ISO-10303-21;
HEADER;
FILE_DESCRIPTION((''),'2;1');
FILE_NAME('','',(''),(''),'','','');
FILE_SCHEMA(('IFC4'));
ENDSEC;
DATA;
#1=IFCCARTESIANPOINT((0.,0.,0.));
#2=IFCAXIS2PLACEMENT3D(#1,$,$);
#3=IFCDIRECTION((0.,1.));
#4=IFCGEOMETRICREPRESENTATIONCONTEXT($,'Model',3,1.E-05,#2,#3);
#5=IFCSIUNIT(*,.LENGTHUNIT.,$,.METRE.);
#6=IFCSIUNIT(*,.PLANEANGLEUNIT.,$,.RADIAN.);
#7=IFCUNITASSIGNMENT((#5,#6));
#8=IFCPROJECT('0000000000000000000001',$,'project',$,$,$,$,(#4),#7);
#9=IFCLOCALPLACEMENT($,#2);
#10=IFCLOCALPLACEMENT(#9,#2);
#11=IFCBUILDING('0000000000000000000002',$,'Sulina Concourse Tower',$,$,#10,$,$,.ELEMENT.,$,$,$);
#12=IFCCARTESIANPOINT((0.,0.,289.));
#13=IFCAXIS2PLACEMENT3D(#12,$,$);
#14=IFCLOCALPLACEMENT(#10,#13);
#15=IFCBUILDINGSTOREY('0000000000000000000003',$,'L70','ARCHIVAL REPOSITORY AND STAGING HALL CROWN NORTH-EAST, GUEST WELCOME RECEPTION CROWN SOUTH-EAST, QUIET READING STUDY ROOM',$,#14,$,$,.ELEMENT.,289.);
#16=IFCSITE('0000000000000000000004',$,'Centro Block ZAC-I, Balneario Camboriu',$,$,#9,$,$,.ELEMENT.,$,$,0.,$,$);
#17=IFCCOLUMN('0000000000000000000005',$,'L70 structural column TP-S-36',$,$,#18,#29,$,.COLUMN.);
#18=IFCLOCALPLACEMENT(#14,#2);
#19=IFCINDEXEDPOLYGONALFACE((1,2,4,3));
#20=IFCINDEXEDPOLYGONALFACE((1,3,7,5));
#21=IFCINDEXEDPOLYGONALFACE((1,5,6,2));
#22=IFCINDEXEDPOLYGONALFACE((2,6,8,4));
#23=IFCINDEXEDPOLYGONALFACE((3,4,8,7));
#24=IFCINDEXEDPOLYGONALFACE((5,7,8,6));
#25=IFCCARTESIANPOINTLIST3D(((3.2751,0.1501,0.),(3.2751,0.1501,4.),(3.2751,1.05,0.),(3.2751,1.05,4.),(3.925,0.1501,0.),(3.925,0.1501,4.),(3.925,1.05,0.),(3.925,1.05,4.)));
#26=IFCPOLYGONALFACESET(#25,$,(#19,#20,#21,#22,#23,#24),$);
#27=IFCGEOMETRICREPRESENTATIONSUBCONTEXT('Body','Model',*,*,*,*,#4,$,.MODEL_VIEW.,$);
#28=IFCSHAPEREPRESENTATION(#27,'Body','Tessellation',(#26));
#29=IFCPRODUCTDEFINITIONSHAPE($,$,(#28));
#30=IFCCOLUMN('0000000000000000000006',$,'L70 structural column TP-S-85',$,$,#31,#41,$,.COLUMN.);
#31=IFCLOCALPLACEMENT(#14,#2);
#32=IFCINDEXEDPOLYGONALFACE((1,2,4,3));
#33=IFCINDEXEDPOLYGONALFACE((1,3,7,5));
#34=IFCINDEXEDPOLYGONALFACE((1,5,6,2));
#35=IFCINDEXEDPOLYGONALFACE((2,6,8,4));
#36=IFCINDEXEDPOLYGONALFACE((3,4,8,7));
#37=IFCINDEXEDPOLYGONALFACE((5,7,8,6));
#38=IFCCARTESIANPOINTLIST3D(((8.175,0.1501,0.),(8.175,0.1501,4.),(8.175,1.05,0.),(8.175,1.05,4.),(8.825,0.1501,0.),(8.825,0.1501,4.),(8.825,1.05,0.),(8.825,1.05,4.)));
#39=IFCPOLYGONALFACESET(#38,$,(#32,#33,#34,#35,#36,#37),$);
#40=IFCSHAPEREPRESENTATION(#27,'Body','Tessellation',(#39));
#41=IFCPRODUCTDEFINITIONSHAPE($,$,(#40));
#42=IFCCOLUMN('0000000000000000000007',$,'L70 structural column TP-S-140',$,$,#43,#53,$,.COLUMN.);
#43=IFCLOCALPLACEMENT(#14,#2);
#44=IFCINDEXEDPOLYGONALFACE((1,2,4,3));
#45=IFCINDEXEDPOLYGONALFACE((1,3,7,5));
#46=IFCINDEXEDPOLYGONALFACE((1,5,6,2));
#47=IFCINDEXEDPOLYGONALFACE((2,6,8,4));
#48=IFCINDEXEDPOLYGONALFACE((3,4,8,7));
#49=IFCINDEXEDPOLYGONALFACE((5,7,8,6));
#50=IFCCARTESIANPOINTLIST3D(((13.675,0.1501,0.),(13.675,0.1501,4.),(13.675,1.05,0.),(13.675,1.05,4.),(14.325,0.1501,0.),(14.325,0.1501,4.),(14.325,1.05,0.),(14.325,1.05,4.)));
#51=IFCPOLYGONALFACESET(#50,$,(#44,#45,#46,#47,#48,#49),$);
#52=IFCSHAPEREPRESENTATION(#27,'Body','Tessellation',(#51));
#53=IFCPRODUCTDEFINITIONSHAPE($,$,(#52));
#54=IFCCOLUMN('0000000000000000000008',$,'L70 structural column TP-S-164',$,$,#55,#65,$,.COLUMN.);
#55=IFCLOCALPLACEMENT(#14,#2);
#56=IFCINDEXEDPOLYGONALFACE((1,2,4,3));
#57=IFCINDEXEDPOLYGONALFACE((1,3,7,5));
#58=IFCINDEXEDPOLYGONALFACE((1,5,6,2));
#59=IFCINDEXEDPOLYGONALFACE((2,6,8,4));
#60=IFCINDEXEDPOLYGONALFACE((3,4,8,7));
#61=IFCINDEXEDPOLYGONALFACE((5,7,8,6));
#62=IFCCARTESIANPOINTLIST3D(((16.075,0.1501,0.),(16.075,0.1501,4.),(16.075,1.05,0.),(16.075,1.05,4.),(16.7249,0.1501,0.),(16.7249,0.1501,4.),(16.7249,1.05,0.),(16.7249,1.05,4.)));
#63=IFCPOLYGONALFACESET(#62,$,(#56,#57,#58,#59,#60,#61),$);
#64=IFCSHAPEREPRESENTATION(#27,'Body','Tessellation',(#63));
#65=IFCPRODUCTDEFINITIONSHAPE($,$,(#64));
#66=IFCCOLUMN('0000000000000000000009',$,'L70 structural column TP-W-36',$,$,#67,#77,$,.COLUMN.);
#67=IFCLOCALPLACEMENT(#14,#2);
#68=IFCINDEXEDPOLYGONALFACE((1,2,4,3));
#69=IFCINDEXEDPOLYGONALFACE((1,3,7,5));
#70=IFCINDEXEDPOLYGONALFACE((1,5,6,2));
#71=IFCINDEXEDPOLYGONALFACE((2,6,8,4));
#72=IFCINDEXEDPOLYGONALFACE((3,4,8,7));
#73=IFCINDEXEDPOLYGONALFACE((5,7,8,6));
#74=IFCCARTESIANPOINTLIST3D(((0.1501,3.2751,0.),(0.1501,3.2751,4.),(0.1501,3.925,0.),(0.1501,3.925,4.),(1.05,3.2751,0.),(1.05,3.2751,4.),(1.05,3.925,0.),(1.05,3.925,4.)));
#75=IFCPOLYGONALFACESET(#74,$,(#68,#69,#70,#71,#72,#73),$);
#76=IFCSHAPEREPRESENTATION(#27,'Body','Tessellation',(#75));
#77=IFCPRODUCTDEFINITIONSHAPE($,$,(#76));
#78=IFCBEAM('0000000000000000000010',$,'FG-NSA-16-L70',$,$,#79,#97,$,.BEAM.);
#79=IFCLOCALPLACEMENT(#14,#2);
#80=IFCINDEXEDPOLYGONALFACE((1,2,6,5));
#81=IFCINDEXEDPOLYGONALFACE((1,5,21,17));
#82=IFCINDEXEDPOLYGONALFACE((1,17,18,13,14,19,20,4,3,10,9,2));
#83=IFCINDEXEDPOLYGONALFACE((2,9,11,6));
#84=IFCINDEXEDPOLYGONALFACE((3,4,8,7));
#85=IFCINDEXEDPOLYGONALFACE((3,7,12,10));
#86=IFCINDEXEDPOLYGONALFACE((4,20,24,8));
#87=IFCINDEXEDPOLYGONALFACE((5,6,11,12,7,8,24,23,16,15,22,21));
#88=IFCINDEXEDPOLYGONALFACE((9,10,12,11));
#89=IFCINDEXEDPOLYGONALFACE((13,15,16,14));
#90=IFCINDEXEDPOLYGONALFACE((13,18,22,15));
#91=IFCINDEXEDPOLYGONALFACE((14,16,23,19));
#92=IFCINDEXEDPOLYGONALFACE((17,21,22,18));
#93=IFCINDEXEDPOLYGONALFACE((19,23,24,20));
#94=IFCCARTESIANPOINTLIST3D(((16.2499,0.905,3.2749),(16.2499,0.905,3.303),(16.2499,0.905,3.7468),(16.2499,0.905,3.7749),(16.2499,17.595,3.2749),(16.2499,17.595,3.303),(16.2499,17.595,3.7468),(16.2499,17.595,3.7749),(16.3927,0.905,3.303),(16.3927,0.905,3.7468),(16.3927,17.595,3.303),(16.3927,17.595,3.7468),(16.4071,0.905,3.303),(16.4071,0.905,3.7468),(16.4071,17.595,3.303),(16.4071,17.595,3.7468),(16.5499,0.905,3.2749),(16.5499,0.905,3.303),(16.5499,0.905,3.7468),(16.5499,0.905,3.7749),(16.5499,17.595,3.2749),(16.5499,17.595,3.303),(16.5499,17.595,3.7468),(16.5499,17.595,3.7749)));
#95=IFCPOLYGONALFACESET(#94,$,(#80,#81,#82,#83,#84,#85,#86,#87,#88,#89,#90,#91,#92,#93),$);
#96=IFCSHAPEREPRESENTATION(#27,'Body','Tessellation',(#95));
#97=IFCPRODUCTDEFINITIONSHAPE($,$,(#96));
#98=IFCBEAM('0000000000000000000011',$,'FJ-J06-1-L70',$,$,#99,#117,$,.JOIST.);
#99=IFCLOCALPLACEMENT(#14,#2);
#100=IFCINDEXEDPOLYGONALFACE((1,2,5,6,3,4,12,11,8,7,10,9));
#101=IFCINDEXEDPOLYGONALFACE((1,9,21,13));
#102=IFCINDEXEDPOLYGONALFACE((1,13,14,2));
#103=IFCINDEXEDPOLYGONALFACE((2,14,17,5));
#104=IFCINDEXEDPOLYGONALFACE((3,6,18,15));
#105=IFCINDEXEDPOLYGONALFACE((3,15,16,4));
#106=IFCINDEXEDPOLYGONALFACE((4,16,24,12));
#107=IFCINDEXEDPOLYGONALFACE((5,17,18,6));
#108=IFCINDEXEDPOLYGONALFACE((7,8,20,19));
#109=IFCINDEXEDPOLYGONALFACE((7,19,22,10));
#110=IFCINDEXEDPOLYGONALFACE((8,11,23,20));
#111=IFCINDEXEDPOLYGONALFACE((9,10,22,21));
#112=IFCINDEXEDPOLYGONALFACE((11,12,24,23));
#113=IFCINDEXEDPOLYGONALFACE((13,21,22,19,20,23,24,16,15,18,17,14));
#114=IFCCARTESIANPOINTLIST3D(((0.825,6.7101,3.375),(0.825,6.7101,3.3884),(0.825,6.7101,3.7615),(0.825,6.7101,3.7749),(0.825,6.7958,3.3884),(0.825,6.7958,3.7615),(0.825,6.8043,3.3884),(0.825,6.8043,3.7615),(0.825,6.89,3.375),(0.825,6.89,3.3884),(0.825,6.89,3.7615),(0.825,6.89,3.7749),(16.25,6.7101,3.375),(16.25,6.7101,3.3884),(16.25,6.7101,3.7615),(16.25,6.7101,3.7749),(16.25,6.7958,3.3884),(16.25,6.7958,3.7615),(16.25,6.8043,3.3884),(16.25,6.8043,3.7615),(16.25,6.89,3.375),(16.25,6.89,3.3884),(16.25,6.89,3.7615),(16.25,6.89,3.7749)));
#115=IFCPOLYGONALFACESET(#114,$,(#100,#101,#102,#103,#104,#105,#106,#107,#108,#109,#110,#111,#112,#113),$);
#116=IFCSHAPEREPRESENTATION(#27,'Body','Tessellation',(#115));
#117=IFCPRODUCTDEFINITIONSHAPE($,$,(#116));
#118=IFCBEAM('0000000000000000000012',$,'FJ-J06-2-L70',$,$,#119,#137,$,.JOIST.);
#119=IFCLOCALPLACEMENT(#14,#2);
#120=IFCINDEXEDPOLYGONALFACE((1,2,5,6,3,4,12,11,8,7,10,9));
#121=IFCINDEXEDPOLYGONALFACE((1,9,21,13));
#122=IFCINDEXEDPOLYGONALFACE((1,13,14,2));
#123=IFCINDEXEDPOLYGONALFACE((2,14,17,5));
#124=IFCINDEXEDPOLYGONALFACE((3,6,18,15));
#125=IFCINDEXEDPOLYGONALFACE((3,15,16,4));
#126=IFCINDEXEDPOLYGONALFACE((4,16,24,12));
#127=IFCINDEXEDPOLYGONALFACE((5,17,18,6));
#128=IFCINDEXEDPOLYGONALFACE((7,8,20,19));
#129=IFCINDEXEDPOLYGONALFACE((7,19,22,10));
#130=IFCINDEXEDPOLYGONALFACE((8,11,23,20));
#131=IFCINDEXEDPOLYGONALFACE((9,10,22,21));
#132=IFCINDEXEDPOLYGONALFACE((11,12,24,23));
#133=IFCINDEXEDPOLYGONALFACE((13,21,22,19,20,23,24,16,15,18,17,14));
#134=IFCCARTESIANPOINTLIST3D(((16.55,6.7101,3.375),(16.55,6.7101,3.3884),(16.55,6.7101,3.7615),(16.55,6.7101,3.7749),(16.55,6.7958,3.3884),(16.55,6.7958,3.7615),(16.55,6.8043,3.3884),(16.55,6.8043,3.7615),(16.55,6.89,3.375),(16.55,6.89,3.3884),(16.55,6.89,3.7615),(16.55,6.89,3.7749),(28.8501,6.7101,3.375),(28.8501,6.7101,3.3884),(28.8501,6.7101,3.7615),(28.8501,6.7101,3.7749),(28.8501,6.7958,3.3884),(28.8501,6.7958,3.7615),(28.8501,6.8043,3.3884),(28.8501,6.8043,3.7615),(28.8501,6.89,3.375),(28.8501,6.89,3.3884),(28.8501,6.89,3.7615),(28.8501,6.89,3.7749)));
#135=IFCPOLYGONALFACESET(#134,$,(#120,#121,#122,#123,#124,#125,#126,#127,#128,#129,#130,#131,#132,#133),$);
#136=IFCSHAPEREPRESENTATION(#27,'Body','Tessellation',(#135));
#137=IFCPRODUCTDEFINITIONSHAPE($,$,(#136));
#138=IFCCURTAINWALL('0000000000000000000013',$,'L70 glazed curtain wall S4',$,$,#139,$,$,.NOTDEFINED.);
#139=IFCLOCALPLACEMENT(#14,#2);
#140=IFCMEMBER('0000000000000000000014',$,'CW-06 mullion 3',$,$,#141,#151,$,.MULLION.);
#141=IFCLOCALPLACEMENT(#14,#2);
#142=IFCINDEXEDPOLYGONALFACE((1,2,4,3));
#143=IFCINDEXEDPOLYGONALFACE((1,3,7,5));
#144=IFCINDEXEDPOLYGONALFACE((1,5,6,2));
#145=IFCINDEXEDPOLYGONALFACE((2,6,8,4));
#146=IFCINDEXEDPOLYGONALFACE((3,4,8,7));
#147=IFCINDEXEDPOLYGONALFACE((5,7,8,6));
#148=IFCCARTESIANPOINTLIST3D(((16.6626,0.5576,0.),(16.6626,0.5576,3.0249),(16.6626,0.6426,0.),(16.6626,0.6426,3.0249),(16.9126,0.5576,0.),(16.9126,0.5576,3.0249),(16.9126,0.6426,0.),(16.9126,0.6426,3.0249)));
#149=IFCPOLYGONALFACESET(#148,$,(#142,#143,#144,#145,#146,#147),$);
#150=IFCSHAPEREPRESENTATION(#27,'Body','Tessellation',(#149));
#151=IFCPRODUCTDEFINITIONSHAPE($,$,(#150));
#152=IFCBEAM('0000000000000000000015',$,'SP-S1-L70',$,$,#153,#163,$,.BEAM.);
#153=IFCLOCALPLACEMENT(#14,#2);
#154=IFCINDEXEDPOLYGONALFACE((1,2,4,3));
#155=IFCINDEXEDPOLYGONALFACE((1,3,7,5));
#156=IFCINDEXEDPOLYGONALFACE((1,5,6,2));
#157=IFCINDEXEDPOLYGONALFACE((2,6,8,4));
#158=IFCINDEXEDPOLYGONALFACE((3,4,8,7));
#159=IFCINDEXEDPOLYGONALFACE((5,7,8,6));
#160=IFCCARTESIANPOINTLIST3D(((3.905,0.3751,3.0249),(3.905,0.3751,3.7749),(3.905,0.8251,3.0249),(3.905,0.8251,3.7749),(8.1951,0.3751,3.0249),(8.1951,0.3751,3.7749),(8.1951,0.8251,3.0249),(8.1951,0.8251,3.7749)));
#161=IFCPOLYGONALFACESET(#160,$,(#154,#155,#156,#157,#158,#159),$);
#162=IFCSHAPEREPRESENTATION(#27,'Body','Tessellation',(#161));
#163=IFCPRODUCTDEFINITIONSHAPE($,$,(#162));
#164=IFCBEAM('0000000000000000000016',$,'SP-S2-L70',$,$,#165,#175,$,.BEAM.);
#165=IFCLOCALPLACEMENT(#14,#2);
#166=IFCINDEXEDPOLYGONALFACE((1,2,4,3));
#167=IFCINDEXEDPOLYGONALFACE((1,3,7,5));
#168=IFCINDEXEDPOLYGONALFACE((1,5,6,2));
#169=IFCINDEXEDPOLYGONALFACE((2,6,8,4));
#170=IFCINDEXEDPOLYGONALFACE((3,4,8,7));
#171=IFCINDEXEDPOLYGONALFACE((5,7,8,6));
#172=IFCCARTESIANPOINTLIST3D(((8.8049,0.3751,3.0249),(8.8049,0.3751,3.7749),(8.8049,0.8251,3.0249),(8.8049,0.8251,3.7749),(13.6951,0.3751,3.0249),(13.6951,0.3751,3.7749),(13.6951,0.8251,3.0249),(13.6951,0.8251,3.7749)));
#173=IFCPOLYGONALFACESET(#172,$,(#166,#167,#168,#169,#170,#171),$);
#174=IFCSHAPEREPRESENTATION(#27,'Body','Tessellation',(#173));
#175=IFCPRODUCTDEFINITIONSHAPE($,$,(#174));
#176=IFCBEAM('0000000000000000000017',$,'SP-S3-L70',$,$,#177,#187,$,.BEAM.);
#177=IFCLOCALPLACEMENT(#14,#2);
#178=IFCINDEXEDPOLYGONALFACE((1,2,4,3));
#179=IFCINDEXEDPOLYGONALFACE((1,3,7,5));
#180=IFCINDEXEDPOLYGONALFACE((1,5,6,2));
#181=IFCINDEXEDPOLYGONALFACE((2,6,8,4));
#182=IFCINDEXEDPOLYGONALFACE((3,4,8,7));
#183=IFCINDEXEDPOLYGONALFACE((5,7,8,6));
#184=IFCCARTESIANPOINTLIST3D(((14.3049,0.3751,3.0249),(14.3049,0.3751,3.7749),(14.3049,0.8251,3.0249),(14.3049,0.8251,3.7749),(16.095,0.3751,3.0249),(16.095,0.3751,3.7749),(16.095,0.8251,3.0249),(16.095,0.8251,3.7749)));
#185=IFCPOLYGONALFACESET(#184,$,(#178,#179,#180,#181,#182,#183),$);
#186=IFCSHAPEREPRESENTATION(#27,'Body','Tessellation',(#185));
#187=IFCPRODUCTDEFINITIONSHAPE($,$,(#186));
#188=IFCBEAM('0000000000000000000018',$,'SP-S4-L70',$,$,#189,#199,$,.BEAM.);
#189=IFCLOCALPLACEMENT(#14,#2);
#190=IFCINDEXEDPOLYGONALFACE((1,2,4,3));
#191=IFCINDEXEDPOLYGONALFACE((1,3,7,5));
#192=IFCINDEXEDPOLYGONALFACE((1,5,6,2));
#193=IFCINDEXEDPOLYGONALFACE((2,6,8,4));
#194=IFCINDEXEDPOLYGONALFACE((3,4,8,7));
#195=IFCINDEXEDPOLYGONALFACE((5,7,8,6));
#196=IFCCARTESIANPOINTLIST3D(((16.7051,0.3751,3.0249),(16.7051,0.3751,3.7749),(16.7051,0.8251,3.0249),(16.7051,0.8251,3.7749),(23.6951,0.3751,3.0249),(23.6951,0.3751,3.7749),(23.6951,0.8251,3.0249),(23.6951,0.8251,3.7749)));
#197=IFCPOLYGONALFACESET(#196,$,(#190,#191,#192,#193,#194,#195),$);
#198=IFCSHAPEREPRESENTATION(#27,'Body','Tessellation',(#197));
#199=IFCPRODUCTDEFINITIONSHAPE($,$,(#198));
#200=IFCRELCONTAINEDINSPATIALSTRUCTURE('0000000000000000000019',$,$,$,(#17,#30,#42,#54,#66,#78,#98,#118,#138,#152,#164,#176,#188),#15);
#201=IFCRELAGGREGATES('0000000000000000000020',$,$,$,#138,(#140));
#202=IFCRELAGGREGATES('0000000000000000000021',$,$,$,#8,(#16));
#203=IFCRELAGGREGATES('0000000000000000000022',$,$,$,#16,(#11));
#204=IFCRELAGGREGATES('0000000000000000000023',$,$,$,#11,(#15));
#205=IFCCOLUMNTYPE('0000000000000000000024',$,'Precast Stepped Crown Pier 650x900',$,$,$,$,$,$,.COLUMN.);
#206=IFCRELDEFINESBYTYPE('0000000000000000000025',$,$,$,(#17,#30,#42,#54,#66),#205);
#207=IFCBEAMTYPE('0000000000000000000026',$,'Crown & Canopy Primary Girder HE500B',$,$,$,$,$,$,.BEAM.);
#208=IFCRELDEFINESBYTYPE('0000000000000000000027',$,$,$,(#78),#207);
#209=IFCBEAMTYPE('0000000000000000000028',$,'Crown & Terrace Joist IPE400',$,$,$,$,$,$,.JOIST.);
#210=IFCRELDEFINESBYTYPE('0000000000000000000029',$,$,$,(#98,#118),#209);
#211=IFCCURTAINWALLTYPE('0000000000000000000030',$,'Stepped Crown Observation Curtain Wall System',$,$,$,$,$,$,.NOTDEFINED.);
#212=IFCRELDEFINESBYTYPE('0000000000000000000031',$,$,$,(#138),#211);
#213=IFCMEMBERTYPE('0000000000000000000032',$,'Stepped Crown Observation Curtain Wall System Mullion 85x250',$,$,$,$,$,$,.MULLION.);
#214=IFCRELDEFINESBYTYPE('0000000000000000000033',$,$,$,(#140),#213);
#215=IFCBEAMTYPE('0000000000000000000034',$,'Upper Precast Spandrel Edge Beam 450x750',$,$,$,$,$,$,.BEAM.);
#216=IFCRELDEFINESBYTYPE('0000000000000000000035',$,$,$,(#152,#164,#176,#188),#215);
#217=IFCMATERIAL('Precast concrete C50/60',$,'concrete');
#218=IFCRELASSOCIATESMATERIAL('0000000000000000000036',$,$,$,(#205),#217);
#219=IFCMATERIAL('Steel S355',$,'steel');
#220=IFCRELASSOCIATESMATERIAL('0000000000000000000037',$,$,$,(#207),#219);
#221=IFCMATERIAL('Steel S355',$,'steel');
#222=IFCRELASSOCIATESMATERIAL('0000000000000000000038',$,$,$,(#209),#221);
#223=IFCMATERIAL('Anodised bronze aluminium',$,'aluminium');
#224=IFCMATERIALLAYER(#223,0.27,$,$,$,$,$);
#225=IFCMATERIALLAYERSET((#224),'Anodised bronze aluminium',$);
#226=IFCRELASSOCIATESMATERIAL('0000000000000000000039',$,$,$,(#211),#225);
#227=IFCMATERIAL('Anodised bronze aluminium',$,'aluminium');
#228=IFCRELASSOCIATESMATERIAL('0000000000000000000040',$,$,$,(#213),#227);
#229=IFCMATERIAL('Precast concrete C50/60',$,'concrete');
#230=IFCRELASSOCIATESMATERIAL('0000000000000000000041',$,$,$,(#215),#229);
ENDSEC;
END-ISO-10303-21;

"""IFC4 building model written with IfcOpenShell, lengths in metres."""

from ifc_helpers import new_model, si_unit, direction, frame, origin, origin_2d, place, context, subcontext, project, spatial, rectangle, i_section, extrude, material, layer, layer_set, material_profile, profile_set, type_object, element, aggregate, save


model = new_model("IFC4")

# Units and contexts
model_context = context("Model", 3, precision=1e-05, world=origin(), true_north=direction((0.0, 1.0)))
body_context = subcontext(model_context, "Body", "Model", "MODEL_VIEW")
ifc_project = project(units=[si_unit("LENGTHUNIT", "METRE"), si_unit("PLANEANGLEUNIT", "RADIAN")], contexts=[model_context])

# Site, building, storey
site_placement = place(None, origin())
site = spatial("IfcSite", under=ifc_project, at=site_placement, Name="Centro Block ZAC-I, Balneario Camboriu", CompositionType="ELEMENT", RefElevation=0.0)
building_placement = place(site_placement, origin())
building = spatial("IfcBuilding", under=site, at=building_placement, Name="Sulina Concourse Tower", CompositionType="ELEMENT")
storey_placement = place(building_placement, frame((0.0, 0.0, 289.0)))
storey = spatial("IfcBuildingStorey", under=building, at=storey_placement, Name="L70", Description="ARCHIVAL REPOSITORY AND STAGING HALL CROWN NORTH-EAST, GUEST WELCOME RECEPTION CROWN SOUTH-EAST, QUIET READING STUDY ROOM", CompositionType="ELEMENT", Elevation=289.0)

# Columns
ifc_material_1 = material(Name="Precast concrete C50/60", Category="concrete")
ifc_material_profile_1 = material_profile(ifc_material_1, rectangle(XDim=0.6499, YDim=0.8999, at=origin_2d()), Name="PC 650x900")
ifc_profile_set_1 = profile_set([ifc_material_profile_1], Name="Precast concrete C50/60")
column_type = type_object("IfcColumnType", Name="Precast Stepped Crown Pier 650x900", PredefinedType="COLUMN", material=ifc_profile_set_1)
for number, where, z_axis, x_axis, name in (
    (1, (3.6001, 0.6001, 0.0), (0.0, 0.0, 1.0), (1.0, 0.0, 0.0), "L70 structural column TP-S-36"),
    (2, (8.5, 0.6001, 0.0), (0.0, 0.0, 1.0), (1.0, 0.0, 0.0), "L70 structural column TP-S-85"),
    (3, (14.0, 0.6001, 0.0), (0.0, 0.0, 1.0), (1.0, 0.0, 0.0), "L70 structural column TP-S-140"),
    (4, (16.3999, 0.6001, 0.0), (0.0, 0.0, 1.0), (1.0, 0.0, 0.0), "L70 structural column TP-S-164"),
    (5, (0.6001, 3.6001, 0.0), (0.0, 0.0, 1.0), (0.0, 1.0, 0.0), "L70 structural column TP-W-36"),
):
    element("IfcColumn", number, at=place(storey_placement, frame(where, z_axis=z_axis, x_axis=x_axis)), inside=storey, type_object=column_type, Name=name, PredefinedType="COLUMN", context=body_context, shape_type="SweptSolid", body=[
        extrude(rectangle(XDim=0.6499, YDim=0.8999, at=origin_2d()), origin(), (0.0, 0.0, 1.0), 4.0),
    ])

# Beams
ifc_material_2 = material(Name="Steel S355", Category="steel")
ifc_material_profile_2 = material_profile(ifc_material_2, i_section(OverallWidth=0.3, OverallDepth=0.5, WebThickness=0.0144, FlangeThickness=0.0281, at=origin_2d()), Name="HE 500 B")
ifc_profile_set_2 = profile_set([ifc_material_profile_2], Name="Steel S355")
beam_type_1 = type_object("IfcBeamType", Name="Crown & Canopy Primary Girder HE500B", PredefinedType="BEAM", material=ifc_profile_set_2)
beam_1_placement = place(storey_placement, frame((16.3999, 0.905, 3.5249), z_axis=(0.0, 1.0, 0.0), x_axis=(-1.0, 0.0, 0.0)))
element("IfcBeam", 6, at=beam_1_placement, inside=storey, type_object=beam_type_1, Name="FG-NSA-16-L70", PredefinedType="BEAM", context=body_context, shape_type="SweptSolid", body=[
    extrude(i_section(OverallWidth=0.3, OverallDepth=0.5, WebThickness=0.0144, FlangeThickness=0.0281, at=origin_2d()), origin(), (0.0, 0.0, 1.0), 16.6899),
])
ifc_material_3 = material(Name="Steel S355", Category="steel")
ifc_material_profile_3 = material_profile(ifc_material_3, i_section(OverallWidth=0.1799, OverallDepth=0.3999, WebThickness=0.0085, FlangeThickness=0.0134, at=origin_2d()), Name="IPE 400")
ifc_profile_set_3 = profile_set([ifc_material_profile_3], Name="Steel S355")
beam_type_2 = type_object("IfcBeamType", Name="Crown & Terrace Joist IPE400", PredefinedType="JOIST", material=ifc_profile_set_3)
beam_2_placement = place(storey_placement, frame((0.825, 6.8, 3.575), z_axis=(1.0, 0.0, 0.0), x_axis=(0.0, 1.0, 0.0)))
element("IfcBeam", 7, at=beam_2_placement, inside=storey, type_object=beam_type_2, Name="FJ-J06-1-L70", PredefinedType="JOIST", context=body_context, shape_type="SweptSolid", body=[
    extrude(i_section(OverallWidth=0.1799, OverallDepth=0.3999, WebThickness=0.0085, FlangeThickness=0.0134, at=origin_2d()), origin(), (0.0, 0.0, 1.0), 15.425),
])
beam_3_placement = place(storey_placement, frame((16.55, 6.8, 3.575), z_axis=(1.0, 0.0, 0.0), x_axis=(0.0, 1.0, 0.0)))
element("IfcBeam", 8, at=beam_3_placement, inside=storey, type_object=beam_type_2, Name="FJ-J06-2-L70", PredefinedType="JOIST", context=body_context, shape_type="SweptSolid", body=[
    extrude(i_section(OverallWidth=0.1799, OverallDepth=0.3999, WebThickness=0.0085, FlangeThickness=0.0134, at=origin_2d()), origin(), (0.0, 0.0, 1.0), 12.3),
])

# Curtain wall, member
ifc_material_4 = material(Name="Anodised bronze aluminium", Category="aluminium")
ifc_layer_1 = layer(ifc_material_4, 0.27)
ifc_layer_set_1 = layer_set([ifc_layer_1], Name="Anodised bronze aluminium")
curtain_wall_type = type_object("IfcCurtainWallType", Name="Stepped Crown Observation Curtain Wall System", PredefinedType="NOTDEFINED", material=ifc_layer_set_1)
curtain_wall_placement = place(storey_placement, origin())
curtain_wall = element("IfcCurtainWall", 9, at=curtain_wall_placement, inside=storey, type_object=curtain_wall_type, Name="L70 glazed curtain wall S4", PredefinedType="NOTDEFINED")
ifc_material_5 = material(Name="Anodised bronze aluminium", Category="aluminium")
ifc_material_profile_4 = material_profile(ifc_material_5, rectangle(XDim=0.085, YDim=0.25, at=origin_2d()), Name="MUL 85x250")
ifc_profile_set_4 = profile_set([ifc_material_profile_4], Name="Anodised bronze aluminium")
member_type = type_object("IfcMemberType", Name="Stepped Crown Observation Curtain Wall System Mullion 85x250", PredefinedType="MULLION", material=ifc_profile_set_4)
member_placement = place(storey_placement, frame((16.7876, 0.6001, 0.0), z_axis=(0.0, 0.0, 1.0), x_axis=(0.0, -1.0, 0.0)))
member = element("IfcMember", 10, at=member_placement, type_object=member_type, Name="CW-06 mullion 3", PredefinedType="MULLION", context=body_context, shape_type="SweptSolid", body=[
    extrude(rectangle(XDim=0.085, YDim=0.25, at=origin_2d()), origin(), (0.0, 0.0, 1.0), 3.0249),
])
aggregate(curtain_wall, [member])

# Beams
ifc_material_6 = material(Name="Precast concrete C50/60", Category="concrete")
ifc_material_profile_5 = material_profile(ifc_material_6, rectangle(XDim=0.45, YDim=0.75, at=origin_2d()), Name="RC 450x750")
ifc_profile_set_5 = profile_set([ifc_material_profile_5], Name="Precast concrete C50/60")
beam_type_3 = type_object("IfcBeamType", Name="Upper Precast Spandrel Edge Beam 450x750", PredefinedType="BEAM", material=ifc_profile_set_5)
beam_4_placement = place(storey_placement, frame((3.905, 0.6001, 3.3999), z_axis=(1.0, 0.0, 0.0), x_axis=(0.0, 1.0, 0.0)))
element("IfcBeam", 11, at=beam_4_placement, inside=storey, type_object=beam_type_3, Name="SP-S1-L70", PredefinedType="BEAM", context=body_context, shape_type="SweptSolid", body=[
    extrude(rectangle(XDim=0.45, YDim=0.75, at=origin_2d()), origin(), (0.0, 0.0, 1.0), 4.29),
])
beam_5_placement = place(storey_placement, frame((8.8049, 0.6001, 3.3999), z_axis=(1.0, 0.0, 0.0), x_axis=(0.0, 1.0, 0.0)))
element("IfcBeam", 12, at=beam_5_placement, inside=storey, type_object=beam_type_3, Name="SP-S2-L70", PredefinedType="BEAM", context=body_context, shape_type="SweptSolid", body=[
    extrude(rectangle(XDim=0.45, YDim=0.75, at=origin_2d()), origin(), (0.0, 0.0, 1.0), 4.8901),
])
beam_6_placement = place(storey_placement, frame((14.3049, 0.6001, 3.3999), z_axis=(1.0, 0.0, 0.0), x_axis=(0.0, 1.0, 0.0)))
element("IfcBeam", 13, at=beam_6_placement, inside=storey, type_object=beam_type_3, Name="SP-S3-L70", PredefinedType="BEAM", context=body_context, shape_type="SweptSolid", body=[
    extrude(rectangle(XDim=0.45, YDim=0.75, at=origin_2d()), origin(), (0.0, 0.0, 1.0), 1.79),
])
beam_7_placement = place(storey_placement, frame((16.7051, 0.6001, 3.3999), z_axis=(1.0, 0.0, 0.0), x_axis=(0.0, 1.0, 0.0)))
element("IfcBeam", 14, at=beam_7_placement, inside=storey, type_object=beam_type_3, Name="SP-S4-L70", PredefinedType="BEAM", context=body_context, shape_type="SweptSolid", body=[
    extrude(rectangle(XDim=0.45, YDim=0.75, at=origin_2d()), origin(), (0.0, 0.0, 1.0), 6.99),
])

save(model, "model.ifc")
